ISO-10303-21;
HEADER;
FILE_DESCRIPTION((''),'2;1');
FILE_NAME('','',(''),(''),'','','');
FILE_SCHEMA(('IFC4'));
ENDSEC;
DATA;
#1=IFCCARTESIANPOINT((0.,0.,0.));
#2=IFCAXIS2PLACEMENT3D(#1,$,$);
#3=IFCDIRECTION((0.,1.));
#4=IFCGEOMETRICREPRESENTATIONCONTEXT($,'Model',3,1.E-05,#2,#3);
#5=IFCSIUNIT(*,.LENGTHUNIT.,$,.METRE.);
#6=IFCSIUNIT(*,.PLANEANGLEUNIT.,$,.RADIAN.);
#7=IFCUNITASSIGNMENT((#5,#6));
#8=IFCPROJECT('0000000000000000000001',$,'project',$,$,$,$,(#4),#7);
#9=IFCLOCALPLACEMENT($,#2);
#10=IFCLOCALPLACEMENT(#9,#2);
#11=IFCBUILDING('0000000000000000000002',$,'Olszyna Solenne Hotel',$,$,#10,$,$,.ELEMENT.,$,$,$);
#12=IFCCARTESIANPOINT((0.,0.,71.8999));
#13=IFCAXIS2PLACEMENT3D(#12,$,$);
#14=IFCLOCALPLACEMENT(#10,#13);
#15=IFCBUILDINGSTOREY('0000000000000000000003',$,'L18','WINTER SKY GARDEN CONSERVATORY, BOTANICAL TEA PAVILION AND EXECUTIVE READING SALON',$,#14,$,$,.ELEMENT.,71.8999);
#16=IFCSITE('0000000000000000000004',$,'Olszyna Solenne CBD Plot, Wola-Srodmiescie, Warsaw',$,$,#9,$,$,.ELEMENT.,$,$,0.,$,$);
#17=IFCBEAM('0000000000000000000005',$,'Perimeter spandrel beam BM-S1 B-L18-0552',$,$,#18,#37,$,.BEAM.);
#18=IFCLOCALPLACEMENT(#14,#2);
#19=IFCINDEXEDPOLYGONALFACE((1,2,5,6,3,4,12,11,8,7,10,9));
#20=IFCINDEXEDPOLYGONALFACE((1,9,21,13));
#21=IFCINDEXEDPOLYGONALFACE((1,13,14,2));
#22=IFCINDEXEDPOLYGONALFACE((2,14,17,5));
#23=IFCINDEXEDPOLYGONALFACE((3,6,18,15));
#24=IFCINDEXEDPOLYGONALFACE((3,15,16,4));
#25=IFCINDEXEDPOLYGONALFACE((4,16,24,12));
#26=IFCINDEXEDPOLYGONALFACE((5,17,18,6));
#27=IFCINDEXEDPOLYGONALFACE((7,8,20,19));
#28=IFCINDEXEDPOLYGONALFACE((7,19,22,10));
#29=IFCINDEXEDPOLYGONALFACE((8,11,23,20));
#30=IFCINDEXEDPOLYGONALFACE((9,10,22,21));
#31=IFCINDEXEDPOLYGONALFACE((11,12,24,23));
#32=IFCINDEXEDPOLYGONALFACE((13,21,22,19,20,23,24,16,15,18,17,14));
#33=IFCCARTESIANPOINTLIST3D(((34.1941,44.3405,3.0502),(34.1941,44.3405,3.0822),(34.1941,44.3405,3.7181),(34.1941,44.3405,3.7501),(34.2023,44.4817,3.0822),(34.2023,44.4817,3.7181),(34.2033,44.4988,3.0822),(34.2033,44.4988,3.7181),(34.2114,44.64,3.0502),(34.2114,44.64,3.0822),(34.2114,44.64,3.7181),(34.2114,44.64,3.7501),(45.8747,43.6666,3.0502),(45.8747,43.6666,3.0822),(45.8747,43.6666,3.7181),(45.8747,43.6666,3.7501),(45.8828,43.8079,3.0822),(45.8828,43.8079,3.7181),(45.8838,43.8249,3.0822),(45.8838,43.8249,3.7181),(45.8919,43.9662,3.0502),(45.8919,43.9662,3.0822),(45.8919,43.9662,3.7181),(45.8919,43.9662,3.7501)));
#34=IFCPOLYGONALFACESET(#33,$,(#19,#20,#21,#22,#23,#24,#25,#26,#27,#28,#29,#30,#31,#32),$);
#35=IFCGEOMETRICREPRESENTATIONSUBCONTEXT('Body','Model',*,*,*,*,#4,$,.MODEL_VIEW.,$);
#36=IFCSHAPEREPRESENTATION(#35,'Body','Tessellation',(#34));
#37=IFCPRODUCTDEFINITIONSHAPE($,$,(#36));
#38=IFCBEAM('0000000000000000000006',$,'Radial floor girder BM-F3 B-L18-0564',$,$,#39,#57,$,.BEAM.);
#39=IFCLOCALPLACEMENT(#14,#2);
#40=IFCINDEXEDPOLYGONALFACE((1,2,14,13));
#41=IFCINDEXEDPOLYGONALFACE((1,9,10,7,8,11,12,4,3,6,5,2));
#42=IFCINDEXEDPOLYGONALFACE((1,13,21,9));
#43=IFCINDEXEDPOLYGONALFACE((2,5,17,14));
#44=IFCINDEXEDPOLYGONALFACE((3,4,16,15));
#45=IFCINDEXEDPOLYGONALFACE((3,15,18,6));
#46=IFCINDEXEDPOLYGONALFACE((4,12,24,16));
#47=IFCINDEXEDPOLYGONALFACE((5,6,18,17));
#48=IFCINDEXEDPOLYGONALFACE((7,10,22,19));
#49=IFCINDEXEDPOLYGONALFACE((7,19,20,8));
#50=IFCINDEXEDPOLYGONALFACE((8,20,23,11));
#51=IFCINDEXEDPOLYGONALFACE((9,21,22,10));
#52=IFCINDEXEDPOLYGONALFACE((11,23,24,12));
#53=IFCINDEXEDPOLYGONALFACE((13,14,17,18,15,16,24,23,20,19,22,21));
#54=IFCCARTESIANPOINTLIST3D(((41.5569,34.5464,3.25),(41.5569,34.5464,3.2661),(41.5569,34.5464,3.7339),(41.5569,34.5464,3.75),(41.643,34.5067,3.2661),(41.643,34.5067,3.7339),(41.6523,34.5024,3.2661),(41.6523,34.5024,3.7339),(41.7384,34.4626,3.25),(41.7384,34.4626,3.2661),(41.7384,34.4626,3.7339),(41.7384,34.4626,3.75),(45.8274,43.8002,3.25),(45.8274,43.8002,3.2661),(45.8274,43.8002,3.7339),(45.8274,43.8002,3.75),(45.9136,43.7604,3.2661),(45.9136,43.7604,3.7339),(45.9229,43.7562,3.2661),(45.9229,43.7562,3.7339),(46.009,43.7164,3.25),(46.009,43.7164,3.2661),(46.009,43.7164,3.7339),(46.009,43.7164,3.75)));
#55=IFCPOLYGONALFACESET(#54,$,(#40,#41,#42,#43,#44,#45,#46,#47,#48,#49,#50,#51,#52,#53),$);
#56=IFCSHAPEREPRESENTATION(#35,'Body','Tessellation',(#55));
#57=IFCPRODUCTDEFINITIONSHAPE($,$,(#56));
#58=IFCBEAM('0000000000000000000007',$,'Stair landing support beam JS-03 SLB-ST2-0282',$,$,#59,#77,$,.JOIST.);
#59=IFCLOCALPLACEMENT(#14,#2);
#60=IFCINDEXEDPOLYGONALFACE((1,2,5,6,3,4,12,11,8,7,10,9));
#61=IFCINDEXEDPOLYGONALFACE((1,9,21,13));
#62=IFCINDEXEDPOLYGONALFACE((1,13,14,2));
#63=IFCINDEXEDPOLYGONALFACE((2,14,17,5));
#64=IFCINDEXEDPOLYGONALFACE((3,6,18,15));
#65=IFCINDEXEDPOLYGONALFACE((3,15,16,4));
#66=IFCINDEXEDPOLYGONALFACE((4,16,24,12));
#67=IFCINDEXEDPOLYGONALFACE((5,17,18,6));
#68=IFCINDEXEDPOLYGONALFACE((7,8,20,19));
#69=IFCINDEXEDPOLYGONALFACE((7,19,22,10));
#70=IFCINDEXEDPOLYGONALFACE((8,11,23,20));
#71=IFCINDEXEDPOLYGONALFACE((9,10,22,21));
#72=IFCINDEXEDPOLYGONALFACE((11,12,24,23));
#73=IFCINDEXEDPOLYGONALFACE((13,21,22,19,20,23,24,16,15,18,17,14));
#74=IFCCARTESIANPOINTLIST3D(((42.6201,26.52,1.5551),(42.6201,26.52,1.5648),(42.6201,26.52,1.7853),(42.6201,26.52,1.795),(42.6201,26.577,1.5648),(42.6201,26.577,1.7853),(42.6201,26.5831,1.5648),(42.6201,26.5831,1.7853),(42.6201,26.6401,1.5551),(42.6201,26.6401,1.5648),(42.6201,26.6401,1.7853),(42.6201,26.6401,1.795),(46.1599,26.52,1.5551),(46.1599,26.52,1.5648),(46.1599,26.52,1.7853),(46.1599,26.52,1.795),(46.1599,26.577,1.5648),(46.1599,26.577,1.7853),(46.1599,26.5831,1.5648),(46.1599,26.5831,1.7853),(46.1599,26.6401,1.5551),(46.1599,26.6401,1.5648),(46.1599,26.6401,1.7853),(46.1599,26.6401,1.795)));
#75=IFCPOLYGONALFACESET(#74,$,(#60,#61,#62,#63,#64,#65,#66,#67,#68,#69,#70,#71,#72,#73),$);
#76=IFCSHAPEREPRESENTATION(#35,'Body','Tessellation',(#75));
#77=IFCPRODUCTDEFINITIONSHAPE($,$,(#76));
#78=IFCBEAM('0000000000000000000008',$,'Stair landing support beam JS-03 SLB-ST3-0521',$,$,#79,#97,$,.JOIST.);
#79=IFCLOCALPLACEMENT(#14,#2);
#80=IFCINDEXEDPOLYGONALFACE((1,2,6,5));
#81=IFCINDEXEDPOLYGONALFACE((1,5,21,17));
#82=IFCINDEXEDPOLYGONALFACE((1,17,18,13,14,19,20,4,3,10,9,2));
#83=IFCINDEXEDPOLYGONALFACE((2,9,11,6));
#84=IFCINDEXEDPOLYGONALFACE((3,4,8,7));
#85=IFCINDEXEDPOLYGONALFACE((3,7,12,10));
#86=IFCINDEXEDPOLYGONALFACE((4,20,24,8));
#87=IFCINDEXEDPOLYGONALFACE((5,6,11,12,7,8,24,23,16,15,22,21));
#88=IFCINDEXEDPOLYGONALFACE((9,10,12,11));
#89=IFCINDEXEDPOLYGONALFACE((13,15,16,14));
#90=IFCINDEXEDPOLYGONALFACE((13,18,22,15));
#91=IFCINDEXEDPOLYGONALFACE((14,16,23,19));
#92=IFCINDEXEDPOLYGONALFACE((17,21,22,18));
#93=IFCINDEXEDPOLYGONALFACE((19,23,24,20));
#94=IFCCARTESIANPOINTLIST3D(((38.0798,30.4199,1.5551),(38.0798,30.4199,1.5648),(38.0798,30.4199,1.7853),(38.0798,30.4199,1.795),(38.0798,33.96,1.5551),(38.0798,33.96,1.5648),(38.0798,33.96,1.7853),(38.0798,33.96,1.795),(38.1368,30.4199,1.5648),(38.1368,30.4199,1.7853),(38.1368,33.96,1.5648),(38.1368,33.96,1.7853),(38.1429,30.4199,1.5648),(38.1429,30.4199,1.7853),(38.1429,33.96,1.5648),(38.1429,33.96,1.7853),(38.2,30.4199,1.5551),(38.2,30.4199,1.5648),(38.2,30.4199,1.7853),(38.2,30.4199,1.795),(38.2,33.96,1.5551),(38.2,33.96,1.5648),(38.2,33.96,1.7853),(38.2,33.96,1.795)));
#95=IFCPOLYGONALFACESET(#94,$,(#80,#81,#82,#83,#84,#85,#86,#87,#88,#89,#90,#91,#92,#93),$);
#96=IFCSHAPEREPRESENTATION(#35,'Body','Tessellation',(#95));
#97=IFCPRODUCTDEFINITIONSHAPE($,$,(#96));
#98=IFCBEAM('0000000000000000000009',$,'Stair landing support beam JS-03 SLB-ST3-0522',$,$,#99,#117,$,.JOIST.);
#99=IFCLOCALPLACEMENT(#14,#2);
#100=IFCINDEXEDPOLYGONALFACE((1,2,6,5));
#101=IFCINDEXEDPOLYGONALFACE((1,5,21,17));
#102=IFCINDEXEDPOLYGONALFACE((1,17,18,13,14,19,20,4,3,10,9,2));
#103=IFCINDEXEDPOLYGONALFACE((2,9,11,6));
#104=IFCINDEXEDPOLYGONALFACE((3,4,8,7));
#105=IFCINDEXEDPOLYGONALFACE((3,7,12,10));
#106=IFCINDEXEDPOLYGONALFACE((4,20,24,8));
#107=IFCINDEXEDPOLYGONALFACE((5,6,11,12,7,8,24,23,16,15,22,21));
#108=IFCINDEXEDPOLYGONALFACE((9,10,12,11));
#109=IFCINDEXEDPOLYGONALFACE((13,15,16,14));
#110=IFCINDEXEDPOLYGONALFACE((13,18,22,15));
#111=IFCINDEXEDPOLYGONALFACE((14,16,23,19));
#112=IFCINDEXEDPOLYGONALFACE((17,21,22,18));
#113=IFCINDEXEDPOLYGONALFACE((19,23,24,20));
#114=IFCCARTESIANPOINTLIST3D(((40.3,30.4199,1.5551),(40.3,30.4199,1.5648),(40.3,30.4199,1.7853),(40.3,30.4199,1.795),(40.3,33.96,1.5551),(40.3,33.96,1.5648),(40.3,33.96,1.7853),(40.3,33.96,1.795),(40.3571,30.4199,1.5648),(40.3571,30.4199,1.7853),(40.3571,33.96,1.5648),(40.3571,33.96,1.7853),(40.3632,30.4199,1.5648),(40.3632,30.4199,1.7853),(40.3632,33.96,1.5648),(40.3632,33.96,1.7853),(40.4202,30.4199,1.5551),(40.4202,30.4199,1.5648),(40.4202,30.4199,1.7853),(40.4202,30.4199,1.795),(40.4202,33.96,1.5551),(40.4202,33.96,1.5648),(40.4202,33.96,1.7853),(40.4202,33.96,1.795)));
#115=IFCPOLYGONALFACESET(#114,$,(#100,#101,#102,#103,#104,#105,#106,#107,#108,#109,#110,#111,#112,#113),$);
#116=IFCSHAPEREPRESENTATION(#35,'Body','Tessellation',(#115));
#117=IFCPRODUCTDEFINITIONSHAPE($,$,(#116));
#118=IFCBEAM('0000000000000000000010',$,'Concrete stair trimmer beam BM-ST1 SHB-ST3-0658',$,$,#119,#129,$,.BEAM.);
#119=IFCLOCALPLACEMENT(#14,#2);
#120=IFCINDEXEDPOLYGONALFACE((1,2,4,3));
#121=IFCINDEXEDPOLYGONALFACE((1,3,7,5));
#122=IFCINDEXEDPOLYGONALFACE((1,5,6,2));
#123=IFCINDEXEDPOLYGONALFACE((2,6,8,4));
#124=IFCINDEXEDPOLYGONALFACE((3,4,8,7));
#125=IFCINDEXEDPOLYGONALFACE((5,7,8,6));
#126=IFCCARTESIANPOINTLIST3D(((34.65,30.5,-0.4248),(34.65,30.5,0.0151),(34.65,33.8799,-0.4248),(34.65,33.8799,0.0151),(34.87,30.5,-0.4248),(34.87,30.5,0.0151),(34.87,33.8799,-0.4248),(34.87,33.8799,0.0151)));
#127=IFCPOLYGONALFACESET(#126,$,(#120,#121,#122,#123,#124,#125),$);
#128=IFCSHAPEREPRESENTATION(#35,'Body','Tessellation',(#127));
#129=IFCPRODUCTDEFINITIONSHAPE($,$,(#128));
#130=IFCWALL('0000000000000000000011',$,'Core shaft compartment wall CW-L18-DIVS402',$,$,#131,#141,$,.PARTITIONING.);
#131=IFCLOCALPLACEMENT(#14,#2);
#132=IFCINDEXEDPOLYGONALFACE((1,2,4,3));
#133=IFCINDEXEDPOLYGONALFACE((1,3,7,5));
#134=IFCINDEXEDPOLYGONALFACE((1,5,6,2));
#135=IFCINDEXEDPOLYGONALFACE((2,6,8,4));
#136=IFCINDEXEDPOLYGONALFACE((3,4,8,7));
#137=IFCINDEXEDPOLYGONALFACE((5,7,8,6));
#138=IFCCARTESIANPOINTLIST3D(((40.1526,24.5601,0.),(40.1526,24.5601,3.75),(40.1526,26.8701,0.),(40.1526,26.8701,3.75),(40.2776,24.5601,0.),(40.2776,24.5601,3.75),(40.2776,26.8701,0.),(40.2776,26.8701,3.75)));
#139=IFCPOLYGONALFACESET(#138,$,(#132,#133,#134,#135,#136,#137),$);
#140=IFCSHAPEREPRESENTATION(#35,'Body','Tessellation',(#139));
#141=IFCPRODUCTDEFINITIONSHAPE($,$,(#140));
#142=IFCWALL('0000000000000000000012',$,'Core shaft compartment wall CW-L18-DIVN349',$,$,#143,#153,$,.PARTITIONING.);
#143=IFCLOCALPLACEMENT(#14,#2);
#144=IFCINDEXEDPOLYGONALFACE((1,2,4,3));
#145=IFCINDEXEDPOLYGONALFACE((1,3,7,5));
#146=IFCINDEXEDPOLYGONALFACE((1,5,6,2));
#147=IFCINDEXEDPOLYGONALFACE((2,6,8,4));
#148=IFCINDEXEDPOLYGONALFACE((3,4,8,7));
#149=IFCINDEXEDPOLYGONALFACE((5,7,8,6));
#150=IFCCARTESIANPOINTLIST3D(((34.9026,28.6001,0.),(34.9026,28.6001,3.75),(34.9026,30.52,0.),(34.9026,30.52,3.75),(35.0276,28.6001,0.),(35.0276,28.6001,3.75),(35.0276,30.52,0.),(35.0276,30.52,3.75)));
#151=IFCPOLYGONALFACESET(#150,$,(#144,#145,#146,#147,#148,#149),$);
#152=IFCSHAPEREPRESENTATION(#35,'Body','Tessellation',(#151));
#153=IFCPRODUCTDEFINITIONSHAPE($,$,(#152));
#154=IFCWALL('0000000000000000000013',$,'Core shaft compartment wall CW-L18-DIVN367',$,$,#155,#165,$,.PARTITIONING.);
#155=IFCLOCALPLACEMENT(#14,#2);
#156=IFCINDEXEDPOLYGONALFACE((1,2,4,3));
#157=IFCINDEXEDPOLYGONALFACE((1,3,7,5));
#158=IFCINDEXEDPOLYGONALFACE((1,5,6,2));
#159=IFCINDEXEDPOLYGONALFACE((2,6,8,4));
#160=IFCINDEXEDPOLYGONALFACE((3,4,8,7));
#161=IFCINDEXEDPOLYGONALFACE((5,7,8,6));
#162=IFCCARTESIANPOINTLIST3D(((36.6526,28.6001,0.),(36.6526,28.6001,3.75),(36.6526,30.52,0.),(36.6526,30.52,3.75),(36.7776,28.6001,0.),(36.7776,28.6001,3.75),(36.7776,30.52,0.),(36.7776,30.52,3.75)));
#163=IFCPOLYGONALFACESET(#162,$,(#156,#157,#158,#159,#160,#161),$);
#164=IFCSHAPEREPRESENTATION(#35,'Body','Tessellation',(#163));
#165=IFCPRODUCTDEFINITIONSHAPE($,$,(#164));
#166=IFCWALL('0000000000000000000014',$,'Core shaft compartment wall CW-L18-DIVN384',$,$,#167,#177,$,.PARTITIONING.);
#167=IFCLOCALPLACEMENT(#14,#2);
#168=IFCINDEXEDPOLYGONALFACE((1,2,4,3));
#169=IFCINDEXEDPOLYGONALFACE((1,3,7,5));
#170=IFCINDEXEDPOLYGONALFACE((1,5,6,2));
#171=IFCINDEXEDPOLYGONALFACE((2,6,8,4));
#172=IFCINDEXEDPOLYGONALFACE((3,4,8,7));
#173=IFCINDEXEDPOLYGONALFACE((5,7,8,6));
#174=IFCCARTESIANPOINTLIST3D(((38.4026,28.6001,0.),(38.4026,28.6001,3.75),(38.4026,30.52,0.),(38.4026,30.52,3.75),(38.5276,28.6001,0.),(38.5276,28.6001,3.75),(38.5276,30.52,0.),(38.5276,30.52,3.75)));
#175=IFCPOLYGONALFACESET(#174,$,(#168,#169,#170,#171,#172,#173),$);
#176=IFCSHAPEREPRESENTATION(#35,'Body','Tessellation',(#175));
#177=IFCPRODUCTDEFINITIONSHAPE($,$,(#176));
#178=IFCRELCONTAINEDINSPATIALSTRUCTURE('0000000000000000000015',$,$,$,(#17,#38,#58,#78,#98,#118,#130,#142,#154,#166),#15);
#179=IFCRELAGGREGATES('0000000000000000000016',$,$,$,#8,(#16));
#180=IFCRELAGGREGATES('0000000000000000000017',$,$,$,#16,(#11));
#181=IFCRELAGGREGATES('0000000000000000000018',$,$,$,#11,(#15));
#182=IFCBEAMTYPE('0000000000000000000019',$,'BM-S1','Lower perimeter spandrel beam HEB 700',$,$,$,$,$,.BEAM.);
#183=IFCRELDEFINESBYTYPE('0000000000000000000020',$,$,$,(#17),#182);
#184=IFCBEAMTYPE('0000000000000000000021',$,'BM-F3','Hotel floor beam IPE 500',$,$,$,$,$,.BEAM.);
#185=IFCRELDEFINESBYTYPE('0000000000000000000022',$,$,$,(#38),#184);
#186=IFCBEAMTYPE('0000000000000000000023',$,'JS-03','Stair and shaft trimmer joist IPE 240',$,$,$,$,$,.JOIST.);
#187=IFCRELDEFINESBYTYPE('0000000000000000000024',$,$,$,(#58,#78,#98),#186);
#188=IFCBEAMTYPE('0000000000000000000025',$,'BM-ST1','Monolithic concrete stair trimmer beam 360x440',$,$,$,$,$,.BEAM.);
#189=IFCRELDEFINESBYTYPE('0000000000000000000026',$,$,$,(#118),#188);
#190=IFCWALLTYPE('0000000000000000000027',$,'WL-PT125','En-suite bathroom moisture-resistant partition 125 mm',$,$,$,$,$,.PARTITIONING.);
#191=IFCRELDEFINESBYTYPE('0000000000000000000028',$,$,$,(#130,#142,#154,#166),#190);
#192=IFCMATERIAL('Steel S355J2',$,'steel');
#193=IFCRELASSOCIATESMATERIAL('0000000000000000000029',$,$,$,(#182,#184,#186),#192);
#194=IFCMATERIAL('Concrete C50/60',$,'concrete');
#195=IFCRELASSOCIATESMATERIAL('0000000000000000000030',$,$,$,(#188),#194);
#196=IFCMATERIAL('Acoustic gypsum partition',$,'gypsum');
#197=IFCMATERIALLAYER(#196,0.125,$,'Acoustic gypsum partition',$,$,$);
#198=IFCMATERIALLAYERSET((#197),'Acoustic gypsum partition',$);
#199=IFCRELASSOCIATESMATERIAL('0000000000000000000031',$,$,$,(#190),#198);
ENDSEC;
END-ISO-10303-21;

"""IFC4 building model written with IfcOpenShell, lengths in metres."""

from ifc_helpers import new_model, si_unit, direction, frame, frame_2d, origin, origin_2d, place, context, subcontext, project, spatial, rectangle, i_section, extrude, source, transform, mapped, material, layer, layer_set, material_profile, profile_set, type_object, element, save


model = new_model("IFC4")

# Units and contexts
model_context = context("Model", 3, precision=1e-05, world=origin(), true_north=direction((0.0, 1.0)))
body_context = subcontext(model_context, "Body", "Model", "MODEL_VIEW")
ifc_project = project(units=[si_unit("LENGTHUNIT", "METRE"), si_unit("PLANEANGLEUNIT", "RADIAN")], contexts=[model_context])

# Site, building, storey
site_placement = place(None, origin())
site = spatial("IfcSite", under=ifc_project, at=site_placement, Name="Olszyna Solenne CBD Plot, Wola-Srodmiescie, Warsaw", CompositionType="ELEMENT", RefElevation=0.0)
building_placement = place(site_placement, origin())
building = spatial("IfcBuilding", under=site, at=building_placement, Name="Olszyna Solenne Hotel", CompositionType="ELEMENT")
storey_placement = place(building_placement, frame((0.0, 0.0, 71.8999)))
storey = spatial("IfcBuildingStorey", under=building, at=storey_placement, Name="L18", Description="WINTER SKY GARDEN CONSERVATORY, BOTANICAL TEA PAVILION AND EXECUTIVE READING SALON", CompositionType="ELEMENT", Elevation=71.8999)

# Beams
ifc_material_1 = material(Name="Steel S355J2", Category="steel")
ifc_material_profile_1 = material_profile(ifc_material_1, i_section(OverallWidth=0.3, OverallDepth=0.7, WebThickness=0.0171, FlangeThickness=0.032, at=origin_2d()), Name="HEB 700", Category="load-bearing")
ifc_profile_set_1 = profile_set([ifc_material_profile_1], Name="Steel S355J2")
beam_type_1 = type_object("IfcBeamType", Name="BM-S1", Description="Lower perimeter spandrel beam HEB 700", PredefinedType="BEAM", material=ifc_profile_set_1)
shared_shape_1 = source(origin(), body_context, "Body", "SweptSolid", [
    extrude(i_section(OverallWidth=0.3, OverallDepth=0.7, WebThickness=0.0171, FlangeThickness=0.032, at=origin_2d()), origin(), (0.0, 0.0, 1.0), 11.7),
])
beam_1_placement = place(storey_placement, frame((45.8833, 43.8164, 3.4001), z_axis=(-0.99834, 0.057593, 0.0), x_axis=(-0.057593, -0.99834, 0.0)))
element("IfcBeam", 1, at=beam_1_placement, inside=storey, type_object=beam_type_1, Name="Perimeter spandrel beam BM-S1 B-L18-0552", PredefinedType="BEAM", context=body_context, shape_type="MappedRepresentation", body=[
    mapped(shared_shape_1, transform((0.0, 0.0, 0.0), x_axis=(1.0, 0.0, 0.0), y_axis=(0.0, 1.0, 0.0), z_axis=(0.0, 0.0, 1.0), scale=1.0)),
])
ifc_material_profile_2 = material_profile(ifc_material_1, i_section(OverallWidth=0.2, OverallDepth=0.5, WebThickness=0.0103, FlangeThickness=0.0161, at=origin_2d()), Name="IPE 500", Category="load-bearing")
ifc_profile_set_2 = profile_set([ifc_material_profile_2], Name="Steel S355J2")
beam_type_2 = type_object("IfcBeamType", Name="BM-F3", Description="Hotel floor beam IPE 500", PredefinedType="BEAM", material=ifc_profile_set_2)
shared_shape_2 = source(origin(), body_context, "Body", "SweptSolid", [
    extrude(i_section(OverallWidth=0.2, OverallDepth=0.5, WebThickness=0.0103, FlangeThickness=0.0161, at=origin_2d()), origin(), (0.0, 0.0, 1.0), 10.1917),
])
beam_2_placement = place(storey_placement, frame((45.9182, 43.7583, 3.5), z_axis=(-0.419025, -0.907975, 0.0), x_axis=(0.907975, -0.419025, 0.0)))
element("IfcBeam", 2, at=beam_2_placement, inside=storey, type_object=beam_type_2, Name="Radial floor girder BM-F3 B-L18-0564", PredefinedType="BEAM", context=body_context, shape_type="MappedRepresentation", body=[
    mapped(shared_shape_2, transform((0.0, 0.0, 0.0), x_axis=(1.0, 0.0, 0.0), y_axis=(0.0, 1.0, 0.0), z_axis=(0.0, 0.0, 1.0), scale=1.0)),
])
ifc_material_profile_3 = material_profile(ifc_material_1, i_section(OverallWidth=0.1201, OverallDepth=0.24, WebThickness=0.0061, FlangeThickness=0.0098, at=origin_2d()), Name="IPE 240", Category="load-bearing")
ifc_profile_set_3 = profile_set([ifc_material_profile_3], Name="Steel S355J2")
beam_type_3 = type_object("IfcBeamType", Name="JS-03", Description="Stair and shaft trimmer joist IPE 240", PredefinedType="JOIST", material=ifc_profile_set_3)
shared_shape_3 = source(origin(), body_context, "Body", "SweptSolid", [
    extrude(i_section(OverallWidth=0.1201, OverallDepth=0.24, WebThickness=0.0061, FlangeThickness=0.0098, at=origin_2d()), origin(), (0.0, 0.0, 1.0), 3.5398),
])
beam_3_placement = place(storey_placement, frame((46.1599, 26.5801, 1.675), z_axis=(-1.0, 0.0, 0.0), x_axis=(0.0, -1.0, 0.0)))
element("IfcBeam", 3, at=beam_3_placement, inside=storey, type_object=beam_type_3, Name="Stair landing support beam JS-03 SLB-ST2-0282", PredefinedType="JOIST", context=body_context, shape_type="MappedRepresentation", body=[
    mapped(shared_shape_3, transform((0.0, 0.0, 0.0), x_axis=(1.0, 0.0, 0.0), y_axis=(0.0, 1.0, 0.0), z_axis=(0.0, 0.0, 1.0), scale=1.0)),
])
shared_shape_4 = source(origin(), body_context, "Body", "SweptSolid", [
    extrude(i_section(OverallWidth=0.1201, OverallDepth=0.24, WebThickness=0.0061, FlangeThickness=0.0098, at=origin_2d()), origin(), (0.0, 0.0, 1.0), 3.54),
])
for number, where, z_axis, x_axis, name in (
    (4, (38.1399, 30.4199, 1.675), (0.0, 1.0, 0.0), (-1.0, 0.0, 0.0), "Stair landing support beam JS-03 SLB-ST3-0521"),
    (5, (40.3601, 30.4199, 1.675), (0.0, 1.0, 0.0), (-1.0, 0.0, 0.0), "Stair landing support beam JS-03 SLB-ST3-0522"),
):
    element("IfcBeam", number, at=place(storey_placement, frame(where, z_axis=z_axis, x_axis=x_axis)), inside=storey, type_object=beam_type_3, Name=name, PredefinedType="JOIST", context=body_context, shape_type="MappedRepresentation", body=[
        mapped(shared_shape_4, transform((0.0, 0.0, 0.0), x_axis=(1.0, 0.0, 0.0), y_axis=(0.0, 1.0, 0.0), z_axis=(0.0, 0.0, 1.0), scale=1.0)),
    ])
ifc_material_2 = material(Name="Concrete C50/60", Category="concrete")
ifc_material_profile_4 = material_profile(ifc_material_2, rectangle(XDim=0.22, YDim=0.4399, at=origin_2d()), Name="RC 220x440", Category="load-bearing")
ifc_profile_set_4 = profile_set([ifc_material_profile_4], Name="Concrete C50/60")
beam_type_4 = type_object("IfcBeamType", Name="BM-ST1", Description="Monolithic concrete stair trimmer beam 360x440", PredefinedType="BEAM", material=ifc_profile_set_4)
shared_shape_5 = source(origin(), body_context, "Body", "SweptSolid", [
    extrude(rectangle(XDim=0.22, YDim=0.4399, at=origin_2d()), origin(), (0.0, 0.0, 1.0), 3.3799),
])
beam_4_placement = place(storey_placement, frame((34.76, 30.5, -0.2048), z_axis=(0.0, 1.0, 0.0), x_axis=(-1.0, 0.0, 0.0)))
element("IfcBeam", 6, at=beam_4_placement, inside=storey, type_object=beam_type_4, Name="Concrete stair trimmer beam BM-ST1 SHB-ST3-0658", PredefinedType="BEAM", context=body_context, shape_type="MappedRepresentation", body=[
    mapped(shared_shape_5, transform((0.0, 0.0, 0.0), x_axis=(1.0, 0.0, 0.0), y_axis=(0.0, 1.0, 0.0), z_axis=(0.0, 0.0, 1.0), scale=1.0)),
])

# Walls
ifc_material_3 = material(Name="Acoustic gypsum partition", Category="gypsum")
ifc_layer_1 = layer(ifc_material_3, 0.125, Name="Acoustic gypsum partition")
ifc_layer_set_1 = layer_set([ifc_layer_1], Name="Acoustic gypsum partition")
wall_type_1 = type_object("IfcWallType", Name="WL-PT125", Description="En-suite bathroom moisture-resistant partition 125 mm", PredefinedType="PARTITIONING", material=ifc_layer_set_1)
wall_1_placement = place(storey_placement, frame((40.2151, 24.5601, 0.0), z_axis=(0.0, 0.0, 1.0), x_axis=(0.0, 1.0, 0.0)))
element("IfcWall", 7, at=wall_1_placement, inside=storey, type_object=wall_type_1, Name="Core shaft compartment wall CW-L18-DIVS402", PredefinedType="PARTITIONING", context=body_context, shape_type="SweptSolid", body=[
    extrude(rectangle(XDim=2.3101, YDim=0.125, at=frame_2d((1.155, 0.0))), origin(), (0.0, 0.0, 1.0), 3.75),
])
for number, where, z_axis, x_axis, name in (
    (8, (34.9651, 28.6001, 0.0), (0.0, 0.0, 1.0), (0.0, 1.0, 0.0), "Core shaft compartment wall CW-L18-DIVN349"),
    (9, (36.7151, 28.6001, 0.0), (0.0, 0.0, 1.0), (0.0, 1.0, 0.0), "Core shaft compartment wall CW-L18-DIVN367"),
    (10, (38.4651, 28.6001, 0.0), (0.0, 0.0, 1.0), (0.0, 1.0, 0.0), "Core shaft compartment wall CW-L18-DIVN384"),
):
    element("IfcWall", number, at=place(storey_placement, frame(where, z_axis=z_axis, x_axis=x_axis)), inside=storey, type_object=wall_type_1, Name=name, PredefinedType="PARTITIONING", context=body_context, shape_type="SweptSolid", body=[
        extrude(rectangle(XDim=1.9199, YDim=0.125, at=frame_2d((0.96, 0.0))), origin(), (0.0, 0.0, 1.0), 3.75),
    ])

save(model, "model.ifc")
